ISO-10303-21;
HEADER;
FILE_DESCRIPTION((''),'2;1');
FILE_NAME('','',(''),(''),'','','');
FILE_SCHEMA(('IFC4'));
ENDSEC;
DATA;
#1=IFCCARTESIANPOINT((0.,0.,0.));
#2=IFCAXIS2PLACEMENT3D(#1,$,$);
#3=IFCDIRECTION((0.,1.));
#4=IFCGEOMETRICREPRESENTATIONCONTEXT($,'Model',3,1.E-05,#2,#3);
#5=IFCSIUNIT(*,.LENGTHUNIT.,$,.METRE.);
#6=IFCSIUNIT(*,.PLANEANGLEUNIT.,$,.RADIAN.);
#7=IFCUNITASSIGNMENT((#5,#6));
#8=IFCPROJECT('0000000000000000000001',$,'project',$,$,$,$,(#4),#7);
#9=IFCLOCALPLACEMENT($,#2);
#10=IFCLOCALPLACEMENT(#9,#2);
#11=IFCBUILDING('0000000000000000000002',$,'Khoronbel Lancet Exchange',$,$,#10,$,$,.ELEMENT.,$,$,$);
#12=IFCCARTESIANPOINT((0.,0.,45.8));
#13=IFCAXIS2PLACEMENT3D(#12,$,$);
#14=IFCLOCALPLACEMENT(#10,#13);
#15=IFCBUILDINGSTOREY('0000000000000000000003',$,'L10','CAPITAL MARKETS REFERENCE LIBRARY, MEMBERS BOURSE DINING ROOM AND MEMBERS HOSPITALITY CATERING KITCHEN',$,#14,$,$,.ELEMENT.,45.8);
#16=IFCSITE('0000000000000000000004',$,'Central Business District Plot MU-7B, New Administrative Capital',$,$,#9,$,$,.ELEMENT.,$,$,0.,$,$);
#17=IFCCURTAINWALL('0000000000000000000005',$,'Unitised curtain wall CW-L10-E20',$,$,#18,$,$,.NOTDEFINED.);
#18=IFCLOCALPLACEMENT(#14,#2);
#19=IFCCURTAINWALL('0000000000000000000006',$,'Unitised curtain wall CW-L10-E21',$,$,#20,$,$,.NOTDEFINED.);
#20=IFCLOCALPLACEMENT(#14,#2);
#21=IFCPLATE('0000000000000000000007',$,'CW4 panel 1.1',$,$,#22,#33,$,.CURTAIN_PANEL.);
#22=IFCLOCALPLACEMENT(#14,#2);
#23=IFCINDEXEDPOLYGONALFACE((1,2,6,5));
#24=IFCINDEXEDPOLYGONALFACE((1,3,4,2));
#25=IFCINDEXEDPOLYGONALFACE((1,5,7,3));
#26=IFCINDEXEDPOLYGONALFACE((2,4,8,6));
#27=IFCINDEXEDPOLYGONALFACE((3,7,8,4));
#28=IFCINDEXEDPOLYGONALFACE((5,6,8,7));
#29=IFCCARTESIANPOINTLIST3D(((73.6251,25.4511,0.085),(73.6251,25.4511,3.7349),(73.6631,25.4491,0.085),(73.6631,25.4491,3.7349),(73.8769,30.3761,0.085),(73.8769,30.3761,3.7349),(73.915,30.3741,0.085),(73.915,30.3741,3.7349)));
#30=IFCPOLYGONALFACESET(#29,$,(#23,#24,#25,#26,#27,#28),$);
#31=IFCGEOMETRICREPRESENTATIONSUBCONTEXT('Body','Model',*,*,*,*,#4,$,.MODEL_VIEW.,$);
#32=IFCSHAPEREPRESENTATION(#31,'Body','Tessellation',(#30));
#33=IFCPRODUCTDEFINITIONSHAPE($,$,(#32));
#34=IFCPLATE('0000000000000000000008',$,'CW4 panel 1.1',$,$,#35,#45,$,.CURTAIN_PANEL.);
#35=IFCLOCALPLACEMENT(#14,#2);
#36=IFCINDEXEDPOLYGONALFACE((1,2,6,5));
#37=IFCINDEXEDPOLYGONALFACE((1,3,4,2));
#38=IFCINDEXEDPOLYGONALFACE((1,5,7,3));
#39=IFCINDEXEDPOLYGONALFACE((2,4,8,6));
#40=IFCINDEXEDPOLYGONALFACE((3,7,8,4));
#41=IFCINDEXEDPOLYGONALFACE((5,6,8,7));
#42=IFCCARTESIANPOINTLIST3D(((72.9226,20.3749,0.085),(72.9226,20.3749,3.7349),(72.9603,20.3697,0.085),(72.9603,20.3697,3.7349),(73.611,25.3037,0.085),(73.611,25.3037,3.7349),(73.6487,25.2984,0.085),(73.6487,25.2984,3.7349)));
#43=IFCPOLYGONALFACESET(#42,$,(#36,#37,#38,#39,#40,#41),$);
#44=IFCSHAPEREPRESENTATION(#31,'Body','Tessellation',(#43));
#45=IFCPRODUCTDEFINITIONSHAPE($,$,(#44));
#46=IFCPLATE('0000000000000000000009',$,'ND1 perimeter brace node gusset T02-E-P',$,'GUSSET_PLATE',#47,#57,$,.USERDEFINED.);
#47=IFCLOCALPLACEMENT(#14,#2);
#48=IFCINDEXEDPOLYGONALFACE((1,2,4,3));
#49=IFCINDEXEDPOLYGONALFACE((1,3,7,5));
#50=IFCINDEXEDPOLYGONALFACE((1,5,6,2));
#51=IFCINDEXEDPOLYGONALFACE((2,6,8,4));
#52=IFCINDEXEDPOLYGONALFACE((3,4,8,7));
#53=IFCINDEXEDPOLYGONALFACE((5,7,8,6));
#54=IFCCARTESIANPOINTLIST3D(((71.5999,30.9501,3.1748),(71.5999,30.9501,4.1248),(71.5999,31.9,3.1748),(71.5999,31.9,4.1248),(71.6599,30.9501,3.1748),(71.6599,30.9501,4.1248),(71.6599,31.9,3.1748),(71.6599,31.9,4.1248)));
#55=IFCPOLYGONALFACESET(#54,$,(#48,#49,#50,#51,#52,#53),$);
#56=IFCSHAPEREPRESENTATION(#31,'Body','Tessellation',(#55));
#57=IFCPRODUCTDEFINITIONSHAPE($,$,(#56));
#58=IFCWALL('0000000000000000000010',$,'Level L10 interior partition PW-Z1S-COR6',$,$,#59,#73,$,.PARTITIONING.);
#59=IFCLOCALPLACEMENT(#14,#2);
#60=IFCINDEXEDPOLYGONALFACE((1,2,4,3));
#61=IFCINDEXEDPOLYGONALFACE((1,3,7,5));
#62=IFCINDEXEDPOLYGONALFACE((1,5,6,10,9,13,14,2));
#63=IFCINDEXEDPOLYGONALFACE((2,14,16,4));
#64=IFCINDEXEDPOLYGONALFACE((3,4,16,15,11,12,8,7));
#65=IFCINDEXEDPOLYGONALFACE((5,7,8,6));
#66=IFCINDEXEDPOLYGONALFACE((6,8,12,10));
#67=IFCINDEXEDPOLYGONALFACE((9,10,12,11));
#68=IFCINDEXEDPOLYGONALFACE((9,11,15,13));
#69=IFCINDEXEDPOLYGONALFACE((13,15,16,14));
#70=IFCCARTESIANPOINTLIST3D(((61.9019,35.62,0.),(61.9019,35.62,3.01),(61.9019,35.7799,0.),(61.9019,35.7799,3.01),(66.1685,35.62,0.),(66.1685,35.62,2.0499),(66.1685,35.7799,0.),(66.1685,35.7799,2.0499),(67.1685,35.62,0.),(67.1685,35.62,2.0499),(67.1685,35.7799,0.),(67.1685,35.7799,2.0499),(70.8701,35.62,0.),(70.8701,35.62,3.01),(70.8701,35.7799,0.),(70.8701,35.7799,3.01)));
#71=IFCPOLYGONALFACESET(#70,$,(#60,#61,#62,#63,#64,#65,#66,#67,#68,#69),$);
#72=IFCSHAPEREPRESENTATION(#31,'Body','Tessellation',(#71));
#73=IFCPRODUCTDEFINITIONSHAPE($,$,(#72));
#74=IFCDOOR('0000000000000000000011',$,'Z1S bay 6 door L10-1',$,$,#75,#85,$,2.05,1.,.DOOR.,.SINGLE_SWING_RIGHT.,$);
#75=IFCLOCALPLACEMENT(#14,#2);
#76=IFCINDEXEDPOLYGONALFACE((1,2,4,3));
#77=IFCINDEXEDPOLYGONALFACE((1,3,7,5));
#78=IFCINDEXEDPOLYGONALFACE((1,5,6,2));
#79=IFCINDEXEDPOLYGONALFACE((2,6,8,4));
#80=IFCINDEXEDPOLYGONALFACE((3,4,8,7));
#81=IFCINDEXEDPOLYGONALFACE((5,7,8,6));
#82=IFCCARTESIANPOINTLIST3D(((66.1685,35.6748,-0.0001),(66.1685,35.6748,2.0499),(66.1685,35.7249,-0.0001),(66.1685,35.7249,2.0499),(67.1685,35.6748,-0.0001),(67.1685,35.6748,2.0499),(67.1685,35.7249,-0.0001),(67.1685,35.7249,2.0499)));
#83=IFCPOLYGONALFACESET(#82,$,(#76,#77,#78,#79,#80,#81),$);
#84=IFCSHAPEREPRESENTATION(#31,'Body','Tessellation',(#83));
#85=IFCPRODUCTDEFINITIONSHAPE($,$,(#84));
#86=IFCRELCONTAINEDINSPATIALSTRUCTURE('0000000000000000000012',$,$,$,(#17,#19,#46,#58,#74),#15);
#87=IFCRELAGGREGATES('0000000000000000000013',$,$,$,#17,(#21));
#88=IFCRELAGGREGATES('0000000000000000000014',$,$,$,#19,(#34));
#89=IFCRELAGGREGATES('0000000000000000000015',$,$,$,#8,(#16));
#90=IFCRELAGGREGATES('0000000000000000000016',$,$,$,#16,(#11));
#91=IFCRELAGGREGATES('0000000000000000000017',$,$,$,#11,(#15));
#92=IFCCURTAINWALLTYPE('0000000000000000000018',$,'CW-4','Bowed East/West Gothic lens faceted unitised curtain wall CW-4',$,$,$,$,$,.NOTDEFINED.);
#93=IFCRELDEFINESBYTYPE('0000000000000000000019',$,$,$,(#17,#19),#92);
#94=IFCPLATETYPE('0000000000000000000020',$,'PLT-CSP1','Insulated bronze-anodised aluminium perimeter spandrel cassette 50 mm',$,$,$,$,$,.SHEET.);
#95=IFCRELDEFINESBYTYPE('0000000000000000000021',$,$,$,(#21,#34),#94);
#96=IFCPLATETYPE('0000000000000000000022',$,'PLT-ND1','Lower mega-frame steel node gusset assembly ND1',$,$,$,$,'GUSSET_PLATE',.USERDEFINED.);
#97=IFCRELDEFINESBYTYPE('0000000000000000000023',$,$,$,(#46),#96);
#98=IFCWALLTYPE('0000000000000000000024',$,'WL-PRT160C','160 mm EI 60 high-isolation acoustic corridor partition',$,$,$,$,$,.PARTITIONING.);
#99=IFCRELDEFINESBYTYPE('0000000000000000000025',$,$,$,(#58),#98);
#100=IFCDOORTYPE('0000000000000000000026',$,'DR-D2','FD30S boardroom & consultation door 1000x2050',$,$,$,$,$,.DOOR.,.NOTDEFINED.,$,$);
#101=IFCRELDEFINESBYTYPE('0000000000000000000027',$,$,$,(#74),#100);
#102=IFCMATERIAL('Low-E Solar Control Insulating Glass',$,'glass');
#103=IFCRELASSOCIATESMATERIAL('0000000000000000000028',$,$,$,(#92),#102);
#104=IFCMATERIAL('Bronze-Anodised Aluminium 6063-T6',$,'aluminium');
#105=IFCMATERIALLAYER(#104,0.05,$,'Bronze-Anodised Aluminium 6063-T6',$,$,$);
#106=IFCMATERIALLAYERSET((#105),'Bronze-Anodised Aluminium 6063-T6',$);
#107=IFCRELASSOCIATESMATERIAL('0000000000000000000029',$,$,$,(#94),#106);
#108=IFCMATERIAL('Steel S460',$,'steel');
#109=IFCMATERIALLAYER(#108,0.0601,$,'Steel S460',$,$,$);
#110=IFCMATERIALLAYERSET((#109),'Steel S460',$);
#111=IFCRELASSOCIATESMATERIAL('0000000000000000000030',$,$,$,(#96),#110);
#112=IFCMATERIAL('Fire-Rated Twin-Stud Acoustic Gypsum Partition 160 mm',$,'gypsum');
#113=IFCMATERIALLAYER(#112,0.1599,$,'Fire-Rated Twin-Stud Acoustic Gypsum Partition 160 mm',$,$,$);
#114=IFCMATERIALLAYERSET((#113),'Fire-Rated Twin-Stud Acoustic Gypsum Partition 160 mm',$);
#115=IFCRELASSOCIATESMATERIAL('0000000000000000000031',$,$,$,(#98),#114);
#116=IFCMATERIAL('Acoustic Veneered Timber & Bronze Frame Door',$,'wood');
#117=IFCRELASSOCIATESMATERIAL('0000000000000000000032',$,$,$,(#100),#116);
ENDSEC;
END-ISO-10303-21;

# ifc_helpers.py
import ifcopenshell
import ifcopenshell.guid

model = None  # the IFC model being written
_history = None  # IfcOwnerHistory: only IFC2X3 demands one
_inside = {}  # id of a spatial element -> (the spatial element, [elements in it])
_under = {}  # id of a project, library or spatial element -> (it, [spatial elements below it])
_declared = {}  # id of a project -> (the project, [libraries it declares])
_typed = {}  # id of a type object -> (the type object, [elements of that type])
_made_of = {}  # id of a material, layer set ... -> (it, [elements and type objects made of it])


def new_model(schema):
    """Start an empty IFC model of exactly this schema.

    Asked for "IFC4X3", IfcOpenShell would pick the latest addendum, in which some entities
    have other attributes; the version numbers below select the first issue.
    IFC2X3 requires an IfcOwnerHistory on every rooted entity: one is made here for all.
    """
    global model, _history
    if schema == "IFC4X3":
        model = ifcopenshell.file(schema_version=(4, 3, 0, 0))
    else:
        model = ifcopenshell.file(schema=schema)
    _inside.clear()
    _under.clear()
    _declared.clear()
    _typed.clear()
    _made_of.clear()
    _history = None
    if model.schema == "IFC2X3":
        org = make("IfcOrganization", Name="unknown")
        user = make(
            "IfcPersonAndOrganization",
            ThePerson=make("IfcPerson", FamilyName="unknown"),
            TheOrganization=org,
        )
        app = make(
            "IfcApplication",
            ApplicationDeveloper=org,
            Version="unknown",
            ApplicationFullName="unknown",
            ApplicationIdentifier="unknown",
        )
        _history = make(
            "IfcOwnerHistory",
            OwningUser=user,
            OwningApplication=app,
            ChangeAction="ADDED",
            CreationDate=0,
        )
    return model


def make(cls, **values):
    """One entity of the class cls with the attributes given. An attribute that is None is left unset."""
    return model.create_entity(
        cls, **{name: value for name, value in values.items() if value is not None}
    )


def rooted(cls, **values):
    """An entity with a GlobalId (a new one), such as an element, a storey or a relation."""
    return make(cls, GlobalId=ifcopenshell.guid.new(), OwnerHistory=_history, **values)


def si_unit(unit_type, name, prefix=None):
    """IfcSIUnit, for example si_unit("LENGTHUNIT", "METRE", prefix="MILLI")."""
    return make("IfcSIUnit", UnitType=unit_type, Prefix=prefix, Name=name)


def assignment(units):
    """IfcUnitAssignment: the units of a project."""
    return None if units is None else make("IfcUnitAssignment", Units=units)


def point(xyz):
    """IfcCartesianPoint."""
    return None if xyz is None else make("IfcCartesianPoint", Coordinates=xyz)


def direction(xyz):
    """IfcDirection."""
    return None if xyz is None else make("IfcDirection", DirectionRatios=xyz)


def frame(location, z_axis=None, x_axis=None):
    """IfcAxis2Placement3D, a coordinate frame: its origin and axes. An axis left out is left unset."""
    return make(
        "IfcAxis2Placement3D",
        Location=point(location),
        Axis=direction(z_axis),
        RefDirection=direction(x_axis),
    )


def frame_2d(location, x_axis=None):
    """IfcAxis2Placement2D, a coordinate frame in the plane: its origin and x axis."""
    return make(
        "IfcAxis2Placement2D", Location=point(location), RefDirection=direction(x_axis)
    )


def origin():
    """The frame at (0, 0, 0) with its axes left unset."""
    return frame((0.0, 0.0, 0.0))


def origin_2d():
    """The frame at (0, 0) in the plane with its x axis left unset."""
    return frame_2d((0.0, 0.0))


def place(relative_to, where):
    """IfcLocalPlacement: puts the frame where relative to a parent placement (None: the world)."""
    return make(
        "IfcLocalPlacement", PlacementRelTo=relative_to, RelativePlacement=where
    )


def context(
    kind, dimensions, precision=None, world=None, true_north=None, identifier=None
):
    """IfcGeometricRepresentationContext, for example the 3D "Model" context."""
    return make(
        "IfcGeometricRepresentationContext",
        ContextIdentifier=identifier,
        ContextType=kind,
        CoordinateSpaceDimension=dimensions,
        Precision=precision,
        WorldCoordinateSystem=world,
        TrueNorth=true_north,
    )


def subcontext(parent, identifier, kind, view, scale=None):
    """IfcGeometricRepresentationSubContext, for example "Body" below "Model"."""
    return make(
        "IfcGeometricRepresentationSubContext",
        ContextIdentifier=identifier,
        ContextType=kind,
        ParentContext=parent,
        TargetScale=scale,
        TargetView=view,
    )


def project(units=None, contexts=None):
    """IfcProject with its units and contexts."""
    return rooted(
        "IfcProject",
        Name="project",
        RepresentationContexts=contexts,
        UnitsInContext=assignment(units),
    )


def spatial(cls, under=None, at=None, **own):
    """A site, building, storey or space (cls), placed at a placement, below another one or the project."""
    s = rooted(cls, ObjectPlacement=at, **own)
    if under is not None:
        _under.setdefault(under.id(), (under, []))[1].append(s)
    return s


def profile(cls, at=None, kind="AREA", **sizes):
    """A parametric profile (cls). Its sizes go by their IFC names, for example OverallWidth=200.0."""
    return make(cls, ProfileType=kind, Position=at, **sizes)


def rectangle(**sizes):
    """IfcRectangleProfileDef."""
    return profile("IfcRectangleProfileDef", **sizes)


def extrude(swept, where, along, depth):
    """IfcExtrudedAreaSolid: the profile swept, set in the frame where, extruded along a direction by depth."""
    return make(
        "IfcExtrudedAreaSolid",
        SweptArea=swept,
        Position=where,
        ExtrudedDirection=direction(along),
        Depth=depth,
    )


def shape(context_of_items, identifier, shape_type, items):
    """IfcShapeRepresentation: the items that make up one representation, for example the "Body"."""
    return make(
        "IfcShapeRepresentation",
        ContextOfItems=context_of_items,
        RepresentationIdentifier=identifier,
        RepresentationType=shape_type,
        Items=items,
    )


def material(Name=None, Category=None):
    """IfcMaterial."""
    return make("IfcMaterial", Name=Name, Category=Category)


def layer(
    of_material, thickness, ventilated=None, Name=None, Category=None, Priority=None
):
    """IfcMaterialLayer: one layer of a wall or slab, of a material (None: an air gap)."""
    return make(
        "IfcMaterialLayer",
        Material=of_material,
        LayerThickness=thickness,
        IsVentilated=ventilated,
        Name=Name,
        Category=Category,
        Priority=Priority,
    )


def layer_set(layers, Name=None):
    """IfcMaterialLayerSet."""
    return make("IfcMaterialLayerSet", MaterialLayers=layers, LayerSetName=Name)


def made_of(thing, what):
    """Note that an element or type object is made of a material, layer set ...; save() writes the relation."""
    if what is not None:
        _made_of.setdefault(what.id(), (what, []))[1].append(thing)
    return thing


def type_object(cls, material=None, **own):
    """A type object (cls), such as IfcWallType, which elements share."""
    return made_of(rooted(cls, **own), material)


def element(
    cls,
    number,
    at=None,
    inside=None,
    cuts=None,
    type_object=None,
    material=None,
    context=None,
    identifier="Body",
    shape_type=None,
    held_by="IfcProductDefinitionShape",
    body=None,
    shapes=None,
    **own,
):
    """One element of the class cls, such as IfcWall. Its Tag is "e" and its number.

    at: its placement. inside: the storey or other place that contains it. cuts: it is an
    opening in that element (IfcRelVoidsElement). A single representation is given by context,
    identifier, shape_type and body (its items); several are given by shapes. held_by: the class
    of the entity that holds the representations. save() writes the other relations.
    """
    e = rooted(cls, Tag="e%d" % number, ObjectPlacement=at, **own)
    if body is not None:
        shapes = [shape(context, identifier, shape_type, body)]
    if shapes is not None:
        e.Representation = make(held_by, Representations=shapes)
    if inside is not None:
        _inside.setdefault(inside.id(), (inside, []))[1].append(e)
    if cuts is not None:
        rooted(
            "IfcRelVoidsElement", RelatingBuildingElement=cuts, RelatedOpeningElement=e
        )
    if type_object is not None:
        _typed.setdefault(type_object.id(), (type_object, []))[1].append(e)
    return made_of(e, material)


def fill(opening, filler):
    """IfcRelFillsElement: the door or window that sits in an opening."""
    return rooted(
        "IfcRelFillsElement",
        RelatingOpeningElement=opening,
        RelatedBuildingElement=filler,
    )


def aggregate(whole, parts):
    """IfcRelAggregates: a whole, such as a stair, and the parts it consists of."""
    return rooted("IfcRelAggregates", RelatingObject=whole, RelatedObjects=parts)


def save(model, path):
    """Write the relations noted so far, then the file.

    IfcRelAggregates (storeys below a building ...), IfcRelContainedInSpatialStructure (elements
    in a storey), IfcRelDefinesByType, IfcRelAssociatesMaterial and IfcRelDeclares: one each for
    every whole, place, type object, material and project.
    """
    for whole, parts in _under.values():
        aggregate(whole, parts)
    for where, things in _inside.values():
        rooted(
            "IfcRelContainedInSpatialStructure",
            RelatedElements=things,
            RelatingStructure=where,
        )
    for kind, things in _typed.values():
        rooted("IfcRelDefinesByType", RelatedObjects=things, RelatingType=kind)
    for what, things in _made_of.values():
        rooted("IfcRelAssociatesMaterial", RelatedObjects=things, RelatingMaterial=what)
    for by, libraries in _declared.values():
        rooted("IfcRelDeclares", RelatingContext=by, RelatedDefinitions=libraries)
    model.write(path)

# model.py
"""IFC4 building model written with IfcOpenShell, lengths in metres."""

from ifc_helpers import new_model, si_unit, direction, frame, frame_2d, origin, origin_2d, place, context, subcontext, project, spatial, rectangle, extrude, material, layer, layer_set, type_object, element, fill, aggregate, save


model = new_model("IFC4")

# Units and contexts
model_context = context("Model", 3, precision=1e-05, world=origin(), true_north=direction((0.0, 1.0)))
body_context = subcontext(model_context, "Body", "Model", "MODEL_VIEW")
ifc_project = project(units=[si_unit("LENGTHUNIT", "METRE"), si_unit("PLANEANGLEUNIT", "RADIAN")], contexts=[model_context])

# Site, building, storey
site_placement = place(None, origin())
site = spatial("IfcSite", under=ifc_project, at=site_placement, Name="Central Business District Plot MU-7B, New Administrative Capital", CompositionType="ELEMENT", RefElevation=0.0)
building_placement = place(site_placement, origin())
building = spatial("IfcBuilding", under=site, at=building_placement, Name="Khoronbel Lancet Exchange", CompositionType="ELEMENT")
storey_placement = place(building_placement, frame((0.0, 0.0, 45.8)))
storey = spatial("IfcBuildingStorey", under=building, at=storey_placement, Name="L10", Description="CAPITAL MARKETS REFERENCE LIBRARY, MEMBERS BOURSE DINING ROOM AND MEMBERS HOSPITALITY CATERING KITCHEN", CompositionType="ELEMENT", Elevation=45.8)

# Shared definitions
ifc_material_1 = material(Name="Low-E Solar Control Insulating Glass", Category="glass")
curtain_wall_type = type_object("IfcCurtainWallType", Name="CW-4", Description="Bowed East/West Gothic lens faceted unitised curtain wall CW-4", PredefinedType="NOTDEFINED", material=ifc_material_1)
ifc_material_2 = material(Name="Bronze-Anodised Aluminium 6063-T6", Category="aluminium")

# Curtain walls
curtain_wall_1_placement = place(storey_placement, origin())
curtain_wall_1 = element("IfcCurtainWall", 1, at=curtain_wall_1_placement, inside=storey, type_object=curtain_wall_type, Name="Unitised curtain wall CW-L10-E20", PredefinedType="NOTDEFINED")
curtain_wall_2_placement = place(storey_placement, origin())
curtain_wall_2 = element("IfcCurtainWall", 2, at=curtain_wall_2_placement, inside=storey, type_object=curtain_wall_type, Name="Unitised curtain wall CW-L10-E21", PredefinedType="NOTDEFINED")

# Plates
ifc_layer_1 = layer(ifc_material_2, 0.05, Name="Bronze-Anodised Aluminium 6063-T6")
ifc_layer_set_1 = layer_set([ifc_layer_1], Name="Bronze-Anodised Aluminium 6063-T6")
plate_type_1 = type_object("IfcPlateType", Name="PLT-CSP1", Description="Insulated bronze-anodised aluminium perimeter spandrel cassette 50 mm", PredefinedType="SHEET", material=ifc_layer_set_1)
plate_1_placement = place(storey_placement, frame((73.77, 27.9126, 0.085), z_axis=(0.0, 0.0, 1.0), x_axis=(-0.051068, -0.998695, 0.0)))
plate_1 = element("IfcPlate", 3, at=plate_1_placement, type_object=plate_type_1, Name="CW4 panel 1.1", PredefinedType="CURTAIN_PANEL", context=body_context, shape_type="SweptSolid", body=[
    extrude(rectangle(XDim=4.9314, YDim=0.0381, at=origin_2d()), origin(), (0.0, 0.0, 1.0), 3.6499),
])
aggregate(curtain_wall_1, [plate_1])
plate_2_placement = place(storey_placement, frame((73.2856, 22.8367, 0.085), z_axis=(0.0, 0.0, 1.0), x_axis=(-0.13834, -0.990385, 0.0)))
plate_2 = element("IfcPlate", 4, at=plate_2_placement, type_object=plate_type_1, Name="CW4 panel 1.1", PredefinedType="CURTAIN_PANEL", context=body_context, shape_type="SweptSolid", body=[
    extrude(rectangle(XDim=4.9766, YDim=0.0381, at=origin_2d()), origin(), (0.0, 0.0, 1.0), 3.6499),
])
aggregate(curtain_wall_2, [plate_2])
ifc_material_3 = material(Name="Steel S460", Category="steel")
ifc_layer_2 = layer(ifc_material_3, 0.0601, Name="Steel S460")
ifc_layer_set_2 = layer_set([ifc_layer_2], Name="Steel S460")
plate_type_2 = type_object("IfcPlateType", Name="PLT-ND1", Description="Lower mega-frame steel node gusset assembly ND1", ElementType="GUSSET_PLATE", PredefinedType="USERDEFINED", material=ifc_layer_set_2)
plate_3_placement = place(storey_placement, frame((71.6299, 31.425, 3.1748), z_axis=(0.0, 0.0, 1.0), x_axis=(0.0, 1.0, 0.0)))
element("IfcPlate", 5, at=plate_3_placement, inside=storey, type_object=plate_type_2, Name="ND1 perimeter brace node gusset T02-E-P", ObjectType="GUSSET_PLATE", PredefinedType="USERDEFINED", context=body_context, shape_type="SweptSolid", body=[
    extrude(rectangle(XDim=0.95, YDim=0.0601, at=origin_2d()), origin(), (0.0, 0.0, 1.0), 0.95),
])

# Wall, opening, door
ifc_material_4 = material(Name="Fire-Rated Twin-Stud Acoustic Gypsum Partition 160 mm", Category="gypsum")
ifc_layer_3 = layer(ifc_material_4, 0.1599, Name="Fire-Rated Twin-Stud Acoustic Gypsum Partition 160 mm")
ifc_layer_set_3 = layer_set([ifc_layer_3], Name="Fire-Rated Twin-Stud Acoustic Gypsum Partition 160 mm")
wall_type = type_object("IfcWallType", Name="WL-PRT160C", Description="160 mm EI 60 high-isolation acoustic corridor partition", PredefinedType="PARTITIONING", material=ifc_layer_set_3)
wall_placement = place(storey_placement, frame((61.9019, 35.7, 0.0), z_axis=(0.0, 0.0, 1.0), x_axis=(1.0, 0.0, 0.0)))
wall = element("IfcWall", 6, at=wall_placement, inside=storey, type_object=wall_type, Name="Level L10 interior partition PW-Z1S-COR6", PredefinedType="PARTITIONING", context=body_context, shape_type="SweptSolid", body=[
    extrude(rectangle(XDim=8.9683, YDim=0.1599, at=frame_2d((4.4841, 0.0))), origin(), (0.0, 0.0, 1.0), 3.01),
])
opening_placement = place(wall_placement, frame((4.2666, 0.0, 0.0)))
opening = element("IfcOpeningElement", 7, at=opening_placement, cuts=wall, PredefinedType="OPENING", context=body_context, shape_type="SweptSolid", body=[
    extrude(rectangle(XDim=1.0, YDim=2.05, at=frame_2d((0.5, 1.0249))), frame((0.0, 0.0898, 0.0), z_axis=(0.0, -1.0, 0.0), x_axis=(1.0, 0.0, 0.0)), (0.0, 0.0, 1.0), 0.1799),
])
ifc_material_5 = material(Name="Acoustic Veneered Timber & Bronze Frame Door", Category="wood")
door_type = type_object("IfcDoorType", Name="DR-D2", Description="FD30S boardroom & consultation door 1000x2050", OperationType="NOTDEFINED", PredefinedType="DOOR", material=ifc_material_5)
door_placement = place(opening_placement, origin())
door = element("IfcDoor", 8, at=door_placement, inside=storey, type_object=door_type, Name="Z1S bay 6 door L10-1", OperationType="SINGLE_SWING_RIGHT", OverallHeight=2.05, OverallWidth=1.0, PredefinedType="DOOR", context=body_context, shape_type="SweptSolid", body=[
    extrude(rectangle(XDim=1.0, YDim=2.05, at=frame_2d((0.5, 1.0249))), frame((0.0, 0.0249, 0.0), z_axis=(0.0, -1.0, 0.0), x_axis=(1.0, 0.0, 0.0)), (0.0, 0.0, 1.0), 0.05),
])
fill(opening, door)

save(model, "model.ifc")
